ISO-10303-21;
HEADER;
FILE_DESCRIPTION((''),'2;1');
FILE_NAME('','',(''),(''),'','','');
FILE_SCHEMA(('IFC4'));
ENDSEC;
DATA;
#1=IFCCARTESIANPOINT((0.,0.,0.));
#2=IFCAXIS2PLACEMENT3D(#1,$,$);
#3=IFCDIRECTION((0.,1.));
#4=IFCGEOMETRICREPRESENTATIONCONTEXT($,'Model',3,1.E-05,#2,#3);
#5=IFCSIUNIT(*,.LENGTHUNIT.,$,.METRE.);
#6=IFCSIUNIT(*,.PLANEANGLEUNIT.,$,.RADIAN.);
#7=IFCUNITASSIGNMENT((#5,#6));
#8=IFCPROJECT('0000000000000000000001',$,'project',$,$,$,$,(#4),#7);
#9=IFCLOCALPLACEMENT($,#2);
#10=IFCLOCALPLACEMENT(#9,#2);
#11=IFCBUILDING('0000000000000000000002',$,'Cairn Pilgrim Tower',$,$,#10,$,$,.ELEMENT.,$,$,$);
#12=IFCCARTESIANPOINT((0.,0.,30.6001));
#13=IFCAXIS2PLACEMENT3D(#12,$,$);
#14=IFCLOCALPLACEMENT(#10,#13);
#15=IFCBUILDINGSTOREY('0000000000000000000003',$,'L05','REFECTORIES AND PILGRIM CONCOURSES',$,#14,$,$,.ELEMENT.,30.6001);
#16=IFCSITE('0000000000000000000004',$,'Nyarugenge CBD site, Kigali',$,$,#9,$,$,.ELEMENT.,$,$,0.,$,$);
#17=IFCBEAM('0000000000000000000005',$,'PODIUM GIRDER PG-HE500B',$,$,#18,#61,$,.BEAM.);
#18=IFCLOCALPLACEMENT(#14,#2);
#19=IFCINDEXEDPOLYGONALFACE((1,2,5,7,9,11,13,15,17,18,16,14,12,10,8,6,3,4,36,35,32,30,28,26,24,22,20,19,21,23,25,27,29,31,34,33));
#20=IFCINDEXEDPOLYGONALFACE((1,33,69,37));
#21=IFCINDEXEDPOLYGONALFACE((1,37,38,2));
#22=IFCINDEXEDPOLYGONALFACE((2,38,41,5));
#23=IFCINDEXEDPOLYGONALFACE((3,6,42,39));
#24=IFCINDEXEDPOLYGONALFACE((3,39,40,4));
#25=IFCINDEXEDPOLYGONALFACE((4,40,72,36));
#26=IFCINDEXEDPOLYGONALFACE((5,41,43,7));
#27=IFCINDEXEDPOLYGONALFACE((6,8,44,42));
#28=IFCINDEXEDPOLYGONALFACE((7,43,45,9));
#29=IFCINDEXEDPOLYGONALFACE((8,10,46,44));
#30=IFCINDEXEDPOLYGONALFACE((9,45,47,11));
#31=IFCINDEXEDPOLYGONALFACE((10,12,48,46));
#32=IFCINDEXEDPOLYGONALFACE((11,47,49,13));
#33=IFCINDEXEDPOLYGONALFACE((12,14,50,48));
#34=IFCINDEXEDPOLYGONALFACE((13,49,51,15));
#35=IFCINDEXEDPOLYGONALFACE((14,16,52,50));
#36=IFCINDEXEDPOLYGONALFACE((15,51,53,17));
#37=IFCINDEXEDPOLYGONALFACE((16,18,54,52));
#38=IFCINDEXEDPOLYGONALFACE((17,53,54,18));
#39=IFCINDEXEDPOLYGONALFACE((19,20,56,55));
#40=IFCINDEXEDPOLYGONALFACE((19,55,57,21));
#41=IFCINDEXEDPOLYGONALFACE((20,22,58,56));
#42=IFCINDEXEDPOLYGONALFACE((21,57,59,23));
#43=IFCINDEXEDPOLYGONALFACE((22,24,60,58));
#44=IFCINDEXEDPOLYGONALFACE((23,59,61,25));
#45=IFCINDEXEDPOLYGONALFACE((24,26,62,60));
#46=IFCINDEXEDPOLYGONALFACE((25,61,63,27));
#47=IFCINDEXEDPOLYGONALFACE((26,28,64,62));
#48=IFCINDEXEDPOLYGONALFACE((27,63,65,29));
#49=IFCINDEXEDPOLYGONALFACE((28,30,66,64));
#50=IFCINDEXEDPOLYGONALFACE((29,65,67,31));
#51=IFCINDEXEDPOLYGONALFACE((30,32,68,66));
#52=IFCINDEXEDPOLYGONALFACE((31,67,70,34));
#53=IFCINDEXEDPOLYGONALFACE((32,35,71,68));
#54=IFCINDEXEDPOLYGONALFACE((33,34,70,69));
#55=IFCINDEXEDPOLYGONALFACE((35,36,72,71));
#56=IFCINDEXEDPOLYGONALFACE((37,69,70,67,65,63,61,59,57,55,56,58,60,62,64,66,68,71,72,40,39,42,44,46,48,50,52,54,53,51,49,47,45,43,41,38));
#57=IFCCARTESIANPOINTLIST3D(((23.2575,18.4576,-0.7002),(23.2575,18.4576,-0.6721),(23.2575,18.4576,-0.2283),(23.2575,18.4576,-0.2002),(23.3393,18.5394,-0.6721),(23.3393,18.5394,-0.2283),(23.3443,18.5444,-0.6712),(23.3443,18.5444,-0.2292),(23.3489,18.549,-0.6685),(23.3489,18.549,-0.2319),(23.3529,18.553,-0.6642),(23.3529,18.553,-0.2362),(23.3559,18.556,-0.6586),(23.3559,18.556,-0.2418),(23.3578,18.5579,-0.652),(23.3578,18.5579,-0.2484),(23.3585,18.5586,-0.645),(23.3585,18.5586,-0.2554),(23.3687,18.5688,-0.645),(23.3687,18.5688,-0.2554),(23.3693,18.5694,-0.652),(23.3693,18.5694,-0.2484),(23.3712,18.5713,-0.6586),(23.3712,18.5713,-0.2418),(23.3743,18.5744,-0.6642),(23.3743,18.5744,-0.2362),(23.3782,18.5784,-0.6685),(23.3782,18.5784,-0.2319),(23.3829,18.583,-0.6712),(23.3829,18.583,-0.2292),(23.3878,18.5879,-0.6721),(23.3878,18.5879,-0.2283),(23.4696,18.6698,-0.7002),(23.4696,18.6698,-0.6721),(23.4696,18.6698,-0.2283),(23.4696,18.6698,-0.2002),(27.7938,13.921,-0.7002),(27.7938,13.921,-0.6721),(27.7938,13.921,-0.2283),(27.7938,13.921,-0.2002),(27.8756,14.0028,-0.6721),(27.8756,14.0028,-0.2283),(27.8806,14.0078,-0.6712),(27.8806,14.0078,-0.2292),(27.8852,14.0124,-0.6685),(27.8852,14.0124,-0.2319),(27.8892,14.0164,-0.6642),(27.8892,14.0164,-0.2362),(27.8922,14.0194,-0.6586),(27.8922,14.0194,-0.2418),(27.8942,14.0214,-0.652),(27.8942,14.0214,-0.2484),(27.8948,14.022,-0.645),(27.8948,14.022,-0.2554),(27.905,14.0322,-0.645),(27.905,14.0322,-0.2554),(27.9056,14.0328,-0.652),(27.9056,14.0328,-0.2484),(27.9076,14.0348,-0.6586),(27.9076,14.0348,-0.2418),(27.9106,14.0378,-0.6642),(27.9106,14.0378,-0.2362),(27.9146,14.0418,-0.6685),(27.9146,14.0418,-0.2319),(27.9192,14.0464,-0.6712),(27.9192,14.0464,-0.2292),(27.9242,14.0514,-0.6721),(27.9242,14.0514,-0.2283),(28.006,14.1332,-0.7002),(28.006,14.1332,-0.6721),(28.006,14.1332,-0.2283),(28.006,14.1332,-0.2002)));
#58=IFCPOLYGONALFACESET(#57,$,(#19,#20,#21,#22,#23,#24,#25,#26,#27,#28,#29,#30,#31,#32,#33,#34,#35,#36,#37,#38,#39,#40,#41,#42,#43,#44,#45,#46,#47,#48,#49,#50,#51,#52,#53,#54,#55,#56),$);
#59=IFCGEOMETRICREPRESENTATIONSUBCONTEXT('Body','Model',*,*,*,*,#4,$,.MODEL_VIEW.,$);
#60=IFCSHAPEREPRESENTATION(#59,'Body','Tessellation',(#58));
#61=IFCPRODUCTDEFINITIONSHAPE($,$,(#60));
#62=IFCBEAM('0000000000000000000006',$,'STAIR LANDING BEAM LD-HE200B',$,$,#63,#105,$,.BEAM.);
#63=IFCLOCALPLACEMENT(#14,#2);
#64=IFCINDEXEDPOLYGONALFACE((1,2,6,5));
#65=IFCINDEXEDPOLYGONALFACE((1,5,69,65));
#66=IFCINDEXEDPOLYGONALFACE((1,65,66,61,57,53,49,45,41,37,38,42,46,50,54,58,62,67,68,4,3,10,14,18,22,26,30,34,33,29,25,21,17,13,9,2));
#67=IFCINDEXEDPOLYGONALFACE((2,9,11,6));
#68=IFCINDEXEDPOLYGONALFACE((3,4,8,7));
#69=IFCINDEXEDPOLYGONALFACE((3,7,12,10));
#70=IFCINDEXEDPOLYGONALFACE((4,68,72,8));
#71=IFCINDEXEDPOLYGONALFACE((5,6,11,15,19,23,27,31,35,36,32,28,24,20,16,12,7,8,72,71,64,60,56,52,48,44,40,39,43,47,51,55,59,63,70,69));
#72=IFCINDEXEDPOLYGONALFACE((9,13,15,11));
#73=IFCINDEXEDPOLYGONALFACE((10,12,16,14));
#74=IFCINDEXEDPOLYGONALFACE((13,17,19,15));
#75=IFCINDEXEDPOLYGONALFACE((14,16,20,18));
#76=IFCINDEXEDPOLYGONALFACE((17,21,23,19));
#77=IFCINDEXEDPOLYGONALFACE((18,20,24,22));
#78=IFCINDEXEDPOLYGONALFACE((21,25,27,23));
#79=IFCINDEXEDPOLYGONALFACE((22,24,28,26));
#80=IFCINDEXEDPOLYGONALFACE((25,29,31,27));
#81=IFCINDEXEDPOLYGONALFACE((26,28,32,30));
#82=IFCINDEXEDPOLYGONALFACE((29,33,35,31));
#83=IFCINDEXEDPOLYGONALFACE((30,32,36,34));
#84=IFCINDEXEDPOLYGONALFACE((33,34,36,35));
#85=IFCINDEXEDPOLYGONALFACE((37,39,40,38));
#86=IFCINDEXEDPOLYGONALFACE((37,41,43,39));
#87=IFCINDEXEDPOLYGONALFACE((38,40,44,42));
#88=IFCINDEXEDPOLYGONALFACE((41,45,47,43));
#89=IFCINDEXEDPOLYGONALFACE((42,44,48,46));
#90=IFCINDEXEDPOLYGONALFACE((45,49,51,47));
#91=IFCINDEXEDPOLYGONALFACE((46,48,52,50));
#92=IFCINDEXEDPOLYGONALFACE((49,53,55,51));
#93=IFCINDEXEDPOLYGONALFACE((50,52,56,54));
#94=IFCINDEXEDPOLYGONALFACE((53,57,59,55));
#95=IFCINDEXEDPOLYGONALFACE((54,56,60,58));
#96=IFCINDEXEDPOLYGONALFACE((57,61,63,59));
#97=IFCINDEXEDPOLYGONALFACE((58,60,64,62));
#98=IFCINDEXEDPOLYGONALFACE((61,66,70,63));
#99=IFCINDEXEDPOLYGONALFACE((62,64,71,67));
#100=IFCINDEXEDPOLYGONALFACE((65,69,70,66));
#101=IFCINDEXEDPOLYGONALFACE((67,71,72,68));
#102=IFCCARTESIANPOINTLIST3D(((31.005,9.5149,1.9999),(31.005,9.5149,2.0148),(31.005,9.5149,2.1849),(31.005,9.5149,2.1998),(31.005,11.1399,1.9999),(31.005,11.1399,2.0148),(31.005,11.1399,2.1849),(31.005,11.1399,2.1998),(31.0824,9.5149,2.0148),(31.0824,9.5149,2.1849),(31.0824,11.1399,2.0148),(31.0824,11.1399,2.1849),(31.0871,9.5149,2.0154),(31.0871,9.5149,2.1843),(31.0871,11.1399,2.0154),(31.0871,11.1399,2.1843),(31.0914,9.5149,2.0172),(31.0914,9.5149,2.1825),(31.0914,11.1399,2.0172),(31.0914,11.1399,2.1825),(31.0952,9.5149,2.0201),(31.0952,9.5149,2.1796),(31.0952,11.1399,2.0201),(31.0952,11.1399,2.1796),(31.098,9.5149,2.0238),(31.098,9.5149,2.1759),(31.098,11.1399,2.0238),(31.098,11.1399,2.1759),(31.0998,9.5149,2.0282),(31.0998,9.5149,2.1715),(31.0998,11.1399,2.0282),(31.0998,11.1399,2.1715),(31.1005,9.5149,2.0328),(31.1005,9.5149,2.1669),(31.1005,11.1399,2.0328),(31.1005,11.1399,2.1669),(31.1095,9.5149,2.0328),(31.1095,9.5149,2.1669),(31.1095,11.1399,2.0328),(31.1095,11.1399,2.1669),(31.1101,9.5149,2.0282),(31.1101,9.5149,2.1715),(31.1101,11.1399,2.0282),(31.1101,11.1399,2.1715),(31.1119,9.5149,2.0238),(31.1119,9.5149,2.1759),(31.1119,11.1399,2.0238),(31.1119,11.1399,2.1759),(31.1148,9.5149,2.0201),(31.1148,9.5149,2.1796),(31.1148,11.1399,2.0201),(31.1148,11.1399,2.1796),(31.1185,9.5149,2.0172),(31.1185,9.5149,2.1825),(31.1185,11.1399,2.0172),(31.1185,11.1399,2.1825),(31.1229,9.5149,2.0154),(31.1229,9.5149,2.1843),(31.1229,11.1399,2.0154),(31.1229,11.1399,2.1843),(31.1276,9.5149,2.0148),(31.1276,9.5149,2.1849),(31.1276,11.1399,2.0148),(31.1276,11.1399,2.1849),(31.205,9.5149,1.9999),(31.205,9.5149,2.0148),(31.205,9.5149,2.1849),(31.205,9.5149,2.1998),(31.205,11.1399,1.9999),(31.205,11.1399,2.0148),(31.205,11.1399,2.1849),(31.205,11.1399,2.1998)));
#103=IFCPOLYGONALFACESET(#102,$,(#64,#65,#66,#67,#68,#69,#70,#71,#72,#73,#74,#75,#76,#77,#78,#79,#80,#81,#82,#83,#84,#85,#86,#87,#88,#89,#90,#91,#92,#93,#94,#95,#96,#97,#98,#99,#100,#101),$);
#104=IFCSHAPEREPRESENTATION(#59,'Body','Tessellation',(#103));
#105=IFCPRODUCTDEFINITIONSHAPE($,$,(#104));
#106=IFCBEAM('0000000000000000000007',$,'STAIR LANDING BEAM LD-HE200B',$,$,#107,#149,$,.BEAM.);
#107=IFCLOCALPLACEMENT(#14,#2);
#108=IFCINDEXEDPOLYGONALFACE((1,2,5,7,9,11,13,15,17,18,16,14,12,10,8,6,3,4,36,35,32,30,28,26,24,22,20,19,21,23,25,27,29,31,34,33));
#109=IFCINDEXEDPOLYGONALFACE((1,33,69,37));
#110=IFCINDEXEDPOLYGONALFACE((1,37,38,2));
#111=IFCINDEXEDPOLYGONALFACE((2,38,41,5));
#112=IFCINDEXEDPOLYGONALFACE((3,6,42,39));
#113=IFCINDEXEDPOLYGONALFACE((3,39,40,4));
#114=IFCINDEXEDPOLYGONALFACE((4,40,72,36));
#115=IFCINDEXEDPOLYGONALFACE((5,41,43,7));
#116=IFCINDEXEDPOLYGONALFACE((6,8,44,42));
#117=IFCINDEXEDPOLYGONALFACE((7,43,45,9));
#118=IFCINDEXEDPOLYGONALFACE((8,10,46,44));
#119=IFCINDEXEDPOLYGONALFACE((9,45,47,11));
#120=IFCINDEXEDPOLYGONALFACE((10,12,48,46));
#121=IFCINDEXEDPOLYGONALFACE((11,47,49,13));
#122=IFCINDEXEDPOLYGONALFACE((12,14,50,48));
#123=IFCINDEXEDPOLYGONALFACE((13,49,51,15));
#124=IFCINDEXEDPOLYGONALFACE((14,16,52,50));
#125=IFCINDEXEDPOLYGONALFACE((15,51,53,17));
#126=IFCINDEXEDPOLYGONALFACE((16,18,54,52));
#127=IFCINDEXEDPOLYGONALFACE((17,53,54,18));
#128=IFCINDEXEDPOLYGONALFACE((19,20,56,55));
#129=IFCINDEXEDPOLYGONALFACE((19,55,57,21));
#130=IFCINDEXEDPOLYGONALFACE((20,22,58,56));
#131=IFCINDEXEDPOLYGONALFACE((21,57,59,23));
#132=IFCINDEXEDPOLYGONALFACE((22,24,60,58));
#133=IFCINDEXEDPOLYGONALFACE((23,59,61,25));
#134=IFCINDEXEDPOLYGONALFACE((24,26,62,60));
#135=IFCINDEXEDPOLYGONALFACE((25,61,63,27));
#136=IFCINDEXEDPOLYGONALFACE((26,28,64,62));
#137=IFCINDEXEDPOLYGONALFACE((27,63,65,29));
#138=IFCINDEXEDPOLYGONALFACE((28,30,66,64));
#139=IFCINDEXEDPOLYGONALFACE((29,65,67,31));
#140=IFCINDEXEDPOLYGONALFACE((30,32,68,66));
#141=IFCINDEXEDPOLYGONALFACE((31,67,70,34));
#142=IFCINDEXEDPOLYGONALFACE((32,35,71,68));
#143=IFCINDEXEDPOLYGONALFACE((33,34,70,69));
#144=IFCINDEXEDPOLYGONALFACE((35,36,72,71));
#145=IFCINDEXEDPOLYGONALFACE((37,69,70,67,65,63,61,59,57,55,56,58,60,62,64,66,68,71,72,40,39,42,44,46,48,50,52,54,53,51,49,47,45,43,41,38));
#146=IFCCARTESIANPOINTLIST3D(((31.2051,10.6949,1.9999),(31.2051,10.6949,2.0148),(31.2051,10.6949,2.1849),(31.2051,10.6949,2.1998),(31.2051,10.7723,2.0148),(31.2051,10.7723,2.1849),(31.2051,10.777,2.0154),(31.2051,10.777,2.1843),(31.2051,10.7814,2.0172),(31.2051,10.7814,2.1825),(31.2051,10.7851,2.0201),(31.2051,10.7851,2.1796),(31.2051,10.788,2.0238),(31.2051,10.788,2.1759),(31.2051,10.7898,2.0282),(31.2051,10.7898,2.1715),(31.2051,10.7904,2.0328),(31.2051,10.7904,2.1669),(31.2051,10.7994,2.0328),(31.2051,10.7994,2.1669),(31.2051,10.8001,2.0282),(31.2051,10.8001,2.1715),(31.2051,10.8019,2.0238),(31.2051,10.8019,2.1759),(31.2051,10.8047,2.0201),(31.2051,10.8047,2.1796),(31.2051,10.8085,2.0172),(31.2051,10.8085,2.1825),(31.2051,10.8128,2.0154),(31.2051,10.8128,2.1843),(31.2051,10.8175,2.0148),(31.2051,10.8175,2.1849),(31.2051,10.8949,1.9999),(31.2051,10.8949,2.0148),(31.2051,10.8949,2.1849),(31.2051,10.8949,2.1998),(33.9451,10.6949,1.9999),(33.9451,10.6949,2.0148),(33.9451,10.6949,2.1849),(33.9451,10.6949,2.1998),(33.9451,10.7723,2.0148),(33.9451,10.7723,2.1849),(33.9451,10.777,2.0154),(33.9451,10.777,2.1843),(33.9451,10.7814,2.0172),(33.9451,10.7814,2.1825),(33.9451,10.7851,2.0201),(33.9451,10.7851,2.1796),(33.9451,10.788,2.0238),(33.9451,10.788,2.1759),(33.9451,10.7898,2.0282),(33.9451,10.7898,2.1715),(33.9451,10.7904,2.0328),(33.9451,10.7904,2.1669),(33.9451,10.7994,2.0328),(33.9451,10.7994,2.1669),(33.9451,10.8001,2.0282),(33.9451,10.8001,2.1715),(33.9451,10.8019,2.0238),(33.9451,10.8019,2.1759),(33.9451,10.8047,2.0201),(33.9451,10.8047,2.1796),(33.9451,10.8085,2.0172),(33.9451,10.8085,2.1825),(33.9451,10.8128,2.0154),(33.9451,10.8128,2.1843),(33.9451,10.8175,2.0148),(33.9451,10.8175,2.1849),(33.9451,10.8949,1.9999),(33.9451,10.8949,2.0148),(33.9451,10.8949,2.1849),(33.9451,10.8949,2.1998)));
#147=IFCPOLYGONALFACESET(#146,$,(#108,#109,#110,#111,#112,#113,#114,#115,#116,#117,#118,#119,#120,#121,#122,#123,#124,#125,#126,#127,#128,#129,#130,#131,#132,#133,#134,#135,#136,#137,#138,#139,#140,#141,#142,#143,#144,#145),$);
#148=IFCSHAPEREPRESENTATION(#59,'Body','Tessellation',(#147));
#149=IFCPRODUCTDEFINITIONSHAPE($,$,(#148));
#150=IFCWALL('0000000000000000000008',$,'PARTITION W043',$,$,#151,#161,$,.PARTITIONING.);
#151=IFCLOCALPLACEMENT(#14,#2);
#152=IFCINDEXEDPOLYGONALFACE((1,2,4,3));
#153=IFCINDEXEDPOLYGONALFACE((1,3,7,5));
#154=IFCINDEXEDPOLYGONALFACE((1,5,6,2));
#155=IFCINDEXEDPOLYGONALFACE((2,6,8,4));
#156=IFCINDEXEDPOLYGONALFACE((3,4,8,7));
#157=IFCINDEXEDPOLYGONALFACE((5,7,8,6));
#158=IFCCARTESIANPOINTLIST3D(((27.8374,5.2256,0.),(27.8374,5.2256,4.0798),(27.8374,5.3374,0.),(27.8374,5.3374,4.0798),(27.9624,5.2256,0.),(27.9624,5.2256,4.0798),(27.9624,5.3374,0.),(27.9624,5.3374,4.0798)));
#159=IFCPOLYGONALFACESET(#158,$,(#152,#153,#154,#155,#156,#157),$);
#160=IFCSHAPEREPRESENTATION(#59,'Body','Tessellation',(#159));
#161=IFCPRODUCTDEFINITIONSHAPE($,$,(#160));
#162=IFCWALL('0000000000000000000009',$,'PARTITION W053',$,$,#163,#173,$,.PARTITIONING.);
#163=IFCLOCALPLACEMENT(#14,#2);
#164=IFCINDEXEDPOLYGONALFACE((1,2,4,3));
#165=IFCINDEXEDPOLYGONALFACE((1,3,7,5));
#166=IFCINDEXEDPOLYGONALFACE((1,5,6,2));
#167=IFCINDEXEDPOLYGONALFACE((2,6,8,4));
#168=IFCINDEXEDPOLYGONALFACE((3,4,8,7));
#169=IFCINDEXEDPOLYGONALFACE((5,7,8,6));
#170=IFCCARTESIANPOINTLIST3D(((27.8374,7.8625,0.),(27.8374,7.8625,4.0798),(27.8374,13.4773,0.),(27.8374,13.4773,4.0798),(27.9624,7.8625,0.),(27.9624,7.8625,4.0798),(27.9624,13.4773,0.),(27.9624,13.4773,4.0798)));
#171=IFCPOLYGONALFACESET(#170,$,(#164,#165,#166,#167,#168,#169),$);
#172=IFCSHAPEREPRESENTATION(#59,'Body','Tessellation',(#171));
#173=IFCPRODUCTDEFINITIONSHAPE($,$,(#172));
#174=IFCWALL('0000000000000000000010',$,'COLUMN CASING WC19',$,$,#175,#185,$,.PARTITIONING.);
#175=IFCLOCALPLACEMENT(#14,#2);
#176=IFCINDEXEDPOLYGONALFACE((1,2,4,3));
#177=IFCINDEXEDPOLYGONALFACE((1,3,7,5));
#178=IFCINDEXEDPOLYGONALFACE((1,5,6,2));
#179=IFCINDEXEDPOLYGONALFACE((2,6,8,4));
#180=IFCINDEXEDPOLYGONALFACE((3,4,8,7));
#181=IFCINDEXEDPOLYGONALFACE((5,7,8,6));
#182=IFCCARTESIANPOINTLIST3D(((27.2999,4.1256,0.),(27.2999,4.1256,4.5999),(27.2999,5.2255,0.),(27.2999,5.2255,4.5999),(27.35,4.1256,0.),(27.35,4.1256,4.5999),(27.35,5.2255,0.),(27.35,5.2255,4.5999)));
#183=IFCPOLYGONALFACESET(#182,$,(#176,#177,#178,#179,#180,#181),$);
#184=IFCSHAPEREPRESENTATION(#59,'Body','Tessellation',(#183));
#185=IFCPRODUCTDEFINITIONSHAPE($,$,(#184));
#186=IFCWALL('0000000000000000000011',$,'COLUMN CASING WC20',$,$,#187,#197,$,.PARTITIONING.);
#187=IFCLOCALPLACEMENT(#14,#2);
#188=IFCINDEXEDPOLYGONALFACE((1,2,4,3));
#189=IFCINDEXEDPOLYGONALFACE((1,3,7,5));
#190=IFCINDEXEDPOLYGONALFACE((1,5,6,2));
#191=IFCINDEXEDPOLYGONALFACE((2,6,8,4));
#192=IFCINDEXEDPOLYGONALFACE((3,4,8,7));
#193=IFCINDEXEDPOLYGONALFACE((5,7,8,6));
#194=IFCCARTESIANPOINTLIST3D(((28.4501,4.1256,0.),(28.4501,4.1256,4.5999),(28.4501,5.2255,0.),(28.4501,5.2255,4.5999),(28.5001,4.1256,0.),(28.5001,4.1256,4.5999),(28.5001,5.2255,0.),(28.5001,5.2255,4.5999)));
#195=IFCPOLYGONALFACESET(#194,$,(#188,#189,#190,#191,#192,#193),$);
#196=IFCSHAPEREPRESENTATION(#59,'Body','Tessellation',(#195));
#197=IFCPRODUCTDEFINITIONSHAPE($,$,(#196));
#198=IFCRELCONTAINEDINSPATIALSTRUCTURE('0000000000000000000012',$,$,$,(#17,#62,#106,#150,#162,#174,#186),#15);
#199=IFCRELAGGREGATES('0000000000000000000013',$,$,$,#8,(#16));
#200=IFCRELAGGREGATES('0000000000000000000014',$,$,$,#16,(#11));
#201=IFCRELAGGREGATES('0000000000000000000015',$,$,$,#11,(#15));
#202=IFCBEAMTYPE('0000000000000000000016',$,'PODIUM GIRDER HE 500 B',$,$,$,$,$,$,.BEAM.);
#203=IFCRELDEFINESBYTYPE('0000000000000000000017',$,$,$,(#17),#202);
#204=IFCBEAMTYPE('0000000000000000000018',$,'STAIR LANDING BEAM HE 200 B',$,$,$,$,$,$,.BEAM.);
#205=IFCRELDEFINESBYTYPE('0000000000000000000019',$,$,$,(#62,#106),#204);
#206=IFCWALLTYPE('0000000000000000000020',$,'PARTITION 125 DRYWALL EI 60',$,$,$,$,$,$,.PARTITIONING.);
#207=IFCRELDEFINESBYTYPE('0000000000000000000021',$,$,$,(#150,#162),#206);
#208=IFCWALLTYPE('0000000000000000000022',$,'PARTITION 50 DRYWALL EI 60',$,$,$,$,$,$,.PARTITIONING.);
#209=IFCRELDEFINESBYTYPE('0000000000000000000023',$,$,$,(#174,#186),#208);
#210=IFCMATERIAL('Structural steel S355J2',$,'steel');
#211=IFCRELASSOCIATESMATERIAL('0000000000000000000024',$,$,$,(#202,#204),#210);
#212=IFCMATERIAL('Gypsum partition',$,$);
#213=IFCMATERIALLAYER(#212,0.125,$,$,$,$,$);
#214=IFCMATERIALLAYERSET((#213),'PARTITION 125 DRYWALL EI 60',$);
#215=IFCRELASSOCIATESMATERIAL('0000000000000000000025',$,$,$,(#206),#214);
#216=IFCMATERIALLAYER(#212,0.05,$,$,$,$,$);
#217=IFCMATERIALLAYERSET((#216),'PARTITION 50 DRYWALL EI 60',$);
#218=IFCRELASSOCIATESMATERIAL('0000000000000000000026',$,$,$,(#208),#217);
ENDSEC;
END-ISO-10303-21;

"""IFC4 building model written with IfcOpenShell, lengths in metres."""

from ifc_helpers import new_model, si_unit, direction, frame, frame_2d, origin, origin_2d, place, context, subcontext, project, spatial, rectangle, i_section, extrude, material, layer, layer_set, material_profile, profile_set, type_object, element, save


model = new_model("IFC4")

# Units and contexts
model_context = context("Model", 3, precision=1e-05, world=origin(), true_north=direction((0.0, 1.0)))
body_context = subcontext(model_context, "Body", "Model", "MODEL_VIEW")
ifc_project = project(units=[si_unit("LENGTHUNIT", "METRE"), si_unit("PLANEANGLEUNIT", "RADIAN")], contexts=[model_context])

# Site, building, storey
site_placement = place(None, origin())
site = spatial("IfcSite", under=ifc_project, at=site_placement, Name="Nyarugenge CBD site, Kigali", CompositionType="ELEMENT", RefElevation=0.0)
building_placement = place(site_placement, origin())
building = spatial("IfcBuilding", under=site, at=building_placement, Name="Cairn Pilgrim Tower", CompositionType="ELEMENT")
storey_placement = place(building_placement, frame((0.0, 0.0, 30.6001)))
storey = spatial("IfcBuildingStorey", under=building, at=storey_placement, Name="L05", Description="REFECTORIES AND PILGRIM CONCOURSES", CompositionType="ELEMENT", Elevation=30.6001)

# Shared definitions
ifc_material_1 = material(Name="Structural steel S355J2", Category="steel")

# Beams
ifc_material_profile_1 = material_profile(ifc_material_1, i_section(OverallWidth=0.3, OverallDepth=0.5, WebThickness=0.0144, FlangeThickness=0.0281, FilletRadius=0.0271, at=origin_2d()), Name="HEB 500")
ifc_profile_set_1 = profile_set([ifc_material_profile_1], Name="Structural steel S355J2")
beam_type_1 = type_object("IfcBeamType", Name="PODIUM GIRDER HE 500 B", PredefinedType="BEAM", material=ifc_profile_set_1)
beam_1_placement = place(storey_placement, frame((27.8999, 14.0271, -0.4502), z_axis=(-0.707088, 0.707126, 0.0), x_axis=(-0.707126, -0.707088, 0.0)))
element("IfcBeam", 1, at=beam_1_placement, inside=storey, type_object=beam_type_1, Name="PODIUM GIRDER PG-HE500B", PredefinedType="BEAM", context=body_context, shape_type="SweptSolid", body=[
    extrude(i_section(OverallWidth=0.3, OverallDepth=0.5, WebThickness=0.0144, FlangeThickness=0.0281, FilletRadius=0.0271, at=origin_2d()), origin(), (0.0, 0.0, 1.0), 6.4155),
])
ifc_material_profile_2 = material_profile(ifc_material_1, i_section(OverallWidth=0.2, OverallDepth=0.2, WebThickness=0.009, FlangeThickness=0.0149, FilletRadius=0.0181, at=origin_2d()), Name="HE 200 B")
ifc_profile_set_2 = profile_set([ifc_material_profile_2], Name="Structural steel S355J2")
beam_type_2 = type_object("IfcBeamType", Name="STAIR LANDING BEAM HE 200 B", PredefinedType="BEAM", material=ifc_profile_set_2)
beam_2_placement = place(storey_placement, frame((31.105, 11.1399, 2.0999), z_axis=(0.0, -1.0, 0.0), x_axis=(1.0, 0.0, 0.0)))
element("IfcBeam", 2, at=beam_2_placement, inside=storey, type_object=beam_type_2, Name="STAIR LANDING BEAM LD-HE200B", PredefinedType="BEAM", context=body_context, shape_type="SweptSolid", body=[
    extrude(i_section(OverallWidth=0.2, OverallDepth=0.2, WebThickness=0.009, FlangeThickness=0.0149, FilletRadius=0.0181, at=origin_2d()), origin(), (0.0, 0.0, 1.0), 1.625),
])
beam_3_placement = place(storey_placement, frame((31.2051, 10.7949, 2.0999), z_axis=(1.0, 0.0, 0.0), x_axis=(0.0, 1.0, 0.0)))
element("IfcBeam", 3, at=beam_3_placement, inside=storey, type_object=beam_type_2, Name="STAIR LANDING BEAM LD-HE200B", PredefinedType="BEAM", context=body_context, shape_type="SweptSolid", body=[
    extrude(i_section(OverallWidth=0.2, OverallDepth=0.2, WebThickness=0.009, FlangeThickness=0.0149, FilletRadius=0.0181, at=origin_2d()), origin(), (0.0, 0.0, 1.0), 2.74),
])

# Walls
ifc_material_2 = material(Name="Gypsum partition")
ifc_layer_1 = layer(ifc_material_2, 0.125)
ifc_layer_set_1 = layer_set([ifc_layer_1], Name="PARTITION 125 DRYWALL EI 60")
wall_type_1 = type_object("IfcWallType", Name="PARTITION 125 DRYWALL EI 60", PredefinedType="PARTITIONING", material=ifc_layer_set_1)
wall_1_placement = place(storey_placement, frame((27.8999, 5.2256, 0.0), z_axis=(0.0, 0.0, 1.0), x_axis=(0.0, 1.0, 0.0)))
element("IfcWall", 4, at=wall_1_placement, inside=storey, type_object=wall_type_1, Name="PARTITION W043", PredefinedType="PARTITIONING", context=body_context, shape_type="SweptSolid", body=[
    extrude(rectangle(XDim=0.1118, YDim=0.125, at=frame_2d((0.0559, 0.0))), origin(), (0.0, 0.0, 1.0), 4.0798),
])
wall_2_placement = place(storey_placement, frame((27.8999, 7.8625, 0.0), z_axis=(0.0, 0.0, 1.0), x_axis=(0.0, 1.0, 0.0)))
element("IfcWall", 5, at=wall_2_placement, inside=storey, type_object=wall_type_1, Name="PARTITION W053", PredefinedType="PARTITIONING", context=body_context, shape_type="SweptSolid", body=[
    extrude(rectangle(XDim=5.6147, YDim=0.125, at=frame_2d((2.8074, 0.0))), origin(), (0.0, 0.0, 1.0), 4.0798),
])
ifc_layer_2 = layer(ifc_material_2, 0.05)
ifc_layer_set_2 = layer_set([ifc_layer_2], Name="PARTITION 50 DRYWALL EI 60")
wall_type_2 = type_object("IfcWallType", Name="PARTITION 50 DRYWALL EI 60", PredefinedType="PARTITIONING", material=ifc_layer_set_2)
for number, where, z_axis, x_axis, name in (
    (6, (27.325, 4.1257, 0.0), (0.0, 0.0, 1.0), (0.0, 1.0, 0.0), "COLUMN CASING WC19"),
    (7, (28.4751, 4.1257, 0.0), (0.0, 0.0, 1.0), (0.0, 1.0, 0.0), "COLUMN CASING WC20"),
):
    element("IfcWall", number, at=place(storey_placement, frame(where, z_axis=z_axis, x_axis=x_axis)), inside=storey, type_object=wall_type_2, Name=name, PredefinedType="PARTITIONING", context=body_context, shape_type="SweptSolid", body=[
        extrude(rectangle(XDim=1.0999, YDim=0.05, at=frame_2d((0.5498, 0.0))), origin(), (0.0, 0.0, 1.0), 4.5999),
    ])

save(model, "model.ifc")
